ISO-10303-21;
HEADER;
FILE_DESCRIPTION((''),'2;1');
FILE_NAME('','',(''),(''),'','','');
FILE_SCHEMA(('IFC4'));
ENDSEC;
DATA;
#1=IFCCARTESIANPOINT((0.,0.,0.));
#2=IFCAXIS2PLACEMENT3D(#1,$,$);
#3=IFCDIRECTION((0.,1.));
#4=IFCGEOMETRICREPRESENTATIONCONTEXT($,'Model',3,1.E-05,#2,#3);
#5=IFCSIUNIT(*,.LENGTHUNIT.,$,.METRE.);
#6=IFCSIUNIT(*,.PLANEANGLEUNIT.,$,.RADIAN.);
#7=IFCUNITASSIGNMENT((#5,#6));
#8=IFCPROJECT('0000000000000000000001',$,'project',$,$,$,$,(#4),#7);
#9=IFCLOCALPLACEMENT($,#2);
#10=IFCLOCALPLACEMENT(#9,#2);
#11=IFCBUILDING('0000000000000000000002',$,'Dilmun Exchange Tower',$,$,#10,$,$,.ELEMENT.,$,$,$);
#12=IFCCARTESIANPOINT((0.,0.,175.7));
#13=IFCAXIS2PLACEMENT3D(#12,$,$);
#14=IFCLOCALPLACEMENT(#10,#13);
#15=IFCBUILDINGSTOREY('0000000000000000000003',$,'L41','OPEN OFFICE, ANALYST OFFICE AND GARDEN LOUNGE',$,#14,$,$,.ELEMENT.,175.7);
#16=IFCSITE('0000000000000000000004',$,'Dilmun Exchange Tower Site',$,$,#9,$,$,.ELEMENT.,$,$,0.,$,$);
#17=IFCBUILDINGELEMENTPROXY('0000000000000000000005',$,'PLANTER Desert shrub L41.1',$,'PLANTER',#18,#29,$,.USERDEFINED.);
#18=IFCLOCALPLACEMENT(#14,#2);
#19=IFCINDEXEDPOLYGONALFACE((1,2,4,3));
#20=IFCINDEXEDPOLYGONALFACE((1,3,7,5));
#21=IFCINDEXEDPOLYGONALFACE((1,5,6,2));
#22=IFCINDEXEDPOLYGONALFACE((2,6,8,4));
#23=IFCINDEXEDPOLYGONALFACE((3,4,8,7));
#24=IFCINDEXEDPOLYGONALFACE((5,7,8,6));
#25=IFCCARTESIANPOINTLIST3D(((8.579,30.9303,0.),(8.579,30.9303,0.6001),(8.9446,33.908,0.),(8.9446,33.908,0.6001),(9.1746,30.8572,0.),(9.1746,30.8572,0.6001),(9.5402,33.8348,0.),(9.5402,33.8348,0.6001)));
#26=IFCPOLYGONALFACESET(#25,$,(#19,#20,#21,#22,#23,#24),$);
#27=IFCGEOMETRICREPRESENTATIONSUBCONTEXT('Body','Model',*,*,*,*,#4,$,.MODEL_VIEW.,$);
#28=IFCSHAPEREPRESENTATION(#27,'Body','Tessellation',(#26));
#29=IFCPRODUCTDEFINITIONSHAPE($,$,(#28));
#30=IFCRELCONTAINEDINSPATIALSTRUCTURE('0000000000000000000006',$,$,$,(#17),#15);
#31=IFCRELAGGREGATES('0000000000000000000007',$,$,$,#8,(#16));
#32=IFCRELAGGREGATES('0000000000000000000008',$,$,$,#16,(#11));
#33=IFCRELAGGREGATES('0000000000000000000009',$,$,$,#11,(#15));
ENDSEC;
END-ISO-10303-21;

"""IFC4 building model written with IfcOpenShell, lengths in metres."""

from ifc_helpers import new_model, si_unit, direction, frame, origin, origin_2d, place, context, subcontext, project, spatial, rectangle, extrude, element, save


model = new_model("IFC4")

# Units and contexts
model_context = context("Model", 3, precision=1e-05, world=origin(), true_north=direction((0.0, 1.0)))
body_context = subcontext(model_context, "Body", "Model", "MODEL_VIEW")
ifc_project = project(units=[si_unit("LENGTHUNIT", "METRE"), si_unit("PLANEANGLEUNIT", "RADIAN")], contexts=[model_context])

# Site, building, storey
site_placement = place(None, origin())
site = spatial("IfcSite", under=ifc_project, at=site_placement, Name="Dilmun Exchange Tower Site", CompositionType="ELEMENT", RefElevation=0.0)
building_placement = place(site_placement, origin())
building = spatial("IfcBuilding", under=site, at=building_placement, Name="Dilmun Exchange Tower", CompositionType="ELEMENT")
storey_placement = place(building_placement, frame((0.0, 0.0, 175.7)))
storey = spatial("IfcBuildingStorey", under=building, at=storey_placement, Name="L41", Description="OPEN OFFICE, ANALYST OFFICE AND GARDEN LOUNGE", CompositionType="ELEMENT", Elevation=175.7)

# Building element proxy
proxy_placement = place(storey_placement, frame((9.0596, 32.3826, 0.0), z_axis=(0.0, 0.0, 1.0), x_axis=(0.121869, 0.992546, 0.0)))
element("IfcBuildingElementProxy", 1, at=proxy_placement, inside=storey, Name="PLANTER Desert shrub L41.1", ObjectType="PLANTER", PredefinedType="USERDEFINED", context=body_context, shape_type="SweptSolid", body=[
    extrude(rectangle(XDim=3.0, YDim=0.6001, at=origin_2d()), origin(), (0.0, 0.0, 1.0), 0.6001),
])

save(model, "model.ifc")
